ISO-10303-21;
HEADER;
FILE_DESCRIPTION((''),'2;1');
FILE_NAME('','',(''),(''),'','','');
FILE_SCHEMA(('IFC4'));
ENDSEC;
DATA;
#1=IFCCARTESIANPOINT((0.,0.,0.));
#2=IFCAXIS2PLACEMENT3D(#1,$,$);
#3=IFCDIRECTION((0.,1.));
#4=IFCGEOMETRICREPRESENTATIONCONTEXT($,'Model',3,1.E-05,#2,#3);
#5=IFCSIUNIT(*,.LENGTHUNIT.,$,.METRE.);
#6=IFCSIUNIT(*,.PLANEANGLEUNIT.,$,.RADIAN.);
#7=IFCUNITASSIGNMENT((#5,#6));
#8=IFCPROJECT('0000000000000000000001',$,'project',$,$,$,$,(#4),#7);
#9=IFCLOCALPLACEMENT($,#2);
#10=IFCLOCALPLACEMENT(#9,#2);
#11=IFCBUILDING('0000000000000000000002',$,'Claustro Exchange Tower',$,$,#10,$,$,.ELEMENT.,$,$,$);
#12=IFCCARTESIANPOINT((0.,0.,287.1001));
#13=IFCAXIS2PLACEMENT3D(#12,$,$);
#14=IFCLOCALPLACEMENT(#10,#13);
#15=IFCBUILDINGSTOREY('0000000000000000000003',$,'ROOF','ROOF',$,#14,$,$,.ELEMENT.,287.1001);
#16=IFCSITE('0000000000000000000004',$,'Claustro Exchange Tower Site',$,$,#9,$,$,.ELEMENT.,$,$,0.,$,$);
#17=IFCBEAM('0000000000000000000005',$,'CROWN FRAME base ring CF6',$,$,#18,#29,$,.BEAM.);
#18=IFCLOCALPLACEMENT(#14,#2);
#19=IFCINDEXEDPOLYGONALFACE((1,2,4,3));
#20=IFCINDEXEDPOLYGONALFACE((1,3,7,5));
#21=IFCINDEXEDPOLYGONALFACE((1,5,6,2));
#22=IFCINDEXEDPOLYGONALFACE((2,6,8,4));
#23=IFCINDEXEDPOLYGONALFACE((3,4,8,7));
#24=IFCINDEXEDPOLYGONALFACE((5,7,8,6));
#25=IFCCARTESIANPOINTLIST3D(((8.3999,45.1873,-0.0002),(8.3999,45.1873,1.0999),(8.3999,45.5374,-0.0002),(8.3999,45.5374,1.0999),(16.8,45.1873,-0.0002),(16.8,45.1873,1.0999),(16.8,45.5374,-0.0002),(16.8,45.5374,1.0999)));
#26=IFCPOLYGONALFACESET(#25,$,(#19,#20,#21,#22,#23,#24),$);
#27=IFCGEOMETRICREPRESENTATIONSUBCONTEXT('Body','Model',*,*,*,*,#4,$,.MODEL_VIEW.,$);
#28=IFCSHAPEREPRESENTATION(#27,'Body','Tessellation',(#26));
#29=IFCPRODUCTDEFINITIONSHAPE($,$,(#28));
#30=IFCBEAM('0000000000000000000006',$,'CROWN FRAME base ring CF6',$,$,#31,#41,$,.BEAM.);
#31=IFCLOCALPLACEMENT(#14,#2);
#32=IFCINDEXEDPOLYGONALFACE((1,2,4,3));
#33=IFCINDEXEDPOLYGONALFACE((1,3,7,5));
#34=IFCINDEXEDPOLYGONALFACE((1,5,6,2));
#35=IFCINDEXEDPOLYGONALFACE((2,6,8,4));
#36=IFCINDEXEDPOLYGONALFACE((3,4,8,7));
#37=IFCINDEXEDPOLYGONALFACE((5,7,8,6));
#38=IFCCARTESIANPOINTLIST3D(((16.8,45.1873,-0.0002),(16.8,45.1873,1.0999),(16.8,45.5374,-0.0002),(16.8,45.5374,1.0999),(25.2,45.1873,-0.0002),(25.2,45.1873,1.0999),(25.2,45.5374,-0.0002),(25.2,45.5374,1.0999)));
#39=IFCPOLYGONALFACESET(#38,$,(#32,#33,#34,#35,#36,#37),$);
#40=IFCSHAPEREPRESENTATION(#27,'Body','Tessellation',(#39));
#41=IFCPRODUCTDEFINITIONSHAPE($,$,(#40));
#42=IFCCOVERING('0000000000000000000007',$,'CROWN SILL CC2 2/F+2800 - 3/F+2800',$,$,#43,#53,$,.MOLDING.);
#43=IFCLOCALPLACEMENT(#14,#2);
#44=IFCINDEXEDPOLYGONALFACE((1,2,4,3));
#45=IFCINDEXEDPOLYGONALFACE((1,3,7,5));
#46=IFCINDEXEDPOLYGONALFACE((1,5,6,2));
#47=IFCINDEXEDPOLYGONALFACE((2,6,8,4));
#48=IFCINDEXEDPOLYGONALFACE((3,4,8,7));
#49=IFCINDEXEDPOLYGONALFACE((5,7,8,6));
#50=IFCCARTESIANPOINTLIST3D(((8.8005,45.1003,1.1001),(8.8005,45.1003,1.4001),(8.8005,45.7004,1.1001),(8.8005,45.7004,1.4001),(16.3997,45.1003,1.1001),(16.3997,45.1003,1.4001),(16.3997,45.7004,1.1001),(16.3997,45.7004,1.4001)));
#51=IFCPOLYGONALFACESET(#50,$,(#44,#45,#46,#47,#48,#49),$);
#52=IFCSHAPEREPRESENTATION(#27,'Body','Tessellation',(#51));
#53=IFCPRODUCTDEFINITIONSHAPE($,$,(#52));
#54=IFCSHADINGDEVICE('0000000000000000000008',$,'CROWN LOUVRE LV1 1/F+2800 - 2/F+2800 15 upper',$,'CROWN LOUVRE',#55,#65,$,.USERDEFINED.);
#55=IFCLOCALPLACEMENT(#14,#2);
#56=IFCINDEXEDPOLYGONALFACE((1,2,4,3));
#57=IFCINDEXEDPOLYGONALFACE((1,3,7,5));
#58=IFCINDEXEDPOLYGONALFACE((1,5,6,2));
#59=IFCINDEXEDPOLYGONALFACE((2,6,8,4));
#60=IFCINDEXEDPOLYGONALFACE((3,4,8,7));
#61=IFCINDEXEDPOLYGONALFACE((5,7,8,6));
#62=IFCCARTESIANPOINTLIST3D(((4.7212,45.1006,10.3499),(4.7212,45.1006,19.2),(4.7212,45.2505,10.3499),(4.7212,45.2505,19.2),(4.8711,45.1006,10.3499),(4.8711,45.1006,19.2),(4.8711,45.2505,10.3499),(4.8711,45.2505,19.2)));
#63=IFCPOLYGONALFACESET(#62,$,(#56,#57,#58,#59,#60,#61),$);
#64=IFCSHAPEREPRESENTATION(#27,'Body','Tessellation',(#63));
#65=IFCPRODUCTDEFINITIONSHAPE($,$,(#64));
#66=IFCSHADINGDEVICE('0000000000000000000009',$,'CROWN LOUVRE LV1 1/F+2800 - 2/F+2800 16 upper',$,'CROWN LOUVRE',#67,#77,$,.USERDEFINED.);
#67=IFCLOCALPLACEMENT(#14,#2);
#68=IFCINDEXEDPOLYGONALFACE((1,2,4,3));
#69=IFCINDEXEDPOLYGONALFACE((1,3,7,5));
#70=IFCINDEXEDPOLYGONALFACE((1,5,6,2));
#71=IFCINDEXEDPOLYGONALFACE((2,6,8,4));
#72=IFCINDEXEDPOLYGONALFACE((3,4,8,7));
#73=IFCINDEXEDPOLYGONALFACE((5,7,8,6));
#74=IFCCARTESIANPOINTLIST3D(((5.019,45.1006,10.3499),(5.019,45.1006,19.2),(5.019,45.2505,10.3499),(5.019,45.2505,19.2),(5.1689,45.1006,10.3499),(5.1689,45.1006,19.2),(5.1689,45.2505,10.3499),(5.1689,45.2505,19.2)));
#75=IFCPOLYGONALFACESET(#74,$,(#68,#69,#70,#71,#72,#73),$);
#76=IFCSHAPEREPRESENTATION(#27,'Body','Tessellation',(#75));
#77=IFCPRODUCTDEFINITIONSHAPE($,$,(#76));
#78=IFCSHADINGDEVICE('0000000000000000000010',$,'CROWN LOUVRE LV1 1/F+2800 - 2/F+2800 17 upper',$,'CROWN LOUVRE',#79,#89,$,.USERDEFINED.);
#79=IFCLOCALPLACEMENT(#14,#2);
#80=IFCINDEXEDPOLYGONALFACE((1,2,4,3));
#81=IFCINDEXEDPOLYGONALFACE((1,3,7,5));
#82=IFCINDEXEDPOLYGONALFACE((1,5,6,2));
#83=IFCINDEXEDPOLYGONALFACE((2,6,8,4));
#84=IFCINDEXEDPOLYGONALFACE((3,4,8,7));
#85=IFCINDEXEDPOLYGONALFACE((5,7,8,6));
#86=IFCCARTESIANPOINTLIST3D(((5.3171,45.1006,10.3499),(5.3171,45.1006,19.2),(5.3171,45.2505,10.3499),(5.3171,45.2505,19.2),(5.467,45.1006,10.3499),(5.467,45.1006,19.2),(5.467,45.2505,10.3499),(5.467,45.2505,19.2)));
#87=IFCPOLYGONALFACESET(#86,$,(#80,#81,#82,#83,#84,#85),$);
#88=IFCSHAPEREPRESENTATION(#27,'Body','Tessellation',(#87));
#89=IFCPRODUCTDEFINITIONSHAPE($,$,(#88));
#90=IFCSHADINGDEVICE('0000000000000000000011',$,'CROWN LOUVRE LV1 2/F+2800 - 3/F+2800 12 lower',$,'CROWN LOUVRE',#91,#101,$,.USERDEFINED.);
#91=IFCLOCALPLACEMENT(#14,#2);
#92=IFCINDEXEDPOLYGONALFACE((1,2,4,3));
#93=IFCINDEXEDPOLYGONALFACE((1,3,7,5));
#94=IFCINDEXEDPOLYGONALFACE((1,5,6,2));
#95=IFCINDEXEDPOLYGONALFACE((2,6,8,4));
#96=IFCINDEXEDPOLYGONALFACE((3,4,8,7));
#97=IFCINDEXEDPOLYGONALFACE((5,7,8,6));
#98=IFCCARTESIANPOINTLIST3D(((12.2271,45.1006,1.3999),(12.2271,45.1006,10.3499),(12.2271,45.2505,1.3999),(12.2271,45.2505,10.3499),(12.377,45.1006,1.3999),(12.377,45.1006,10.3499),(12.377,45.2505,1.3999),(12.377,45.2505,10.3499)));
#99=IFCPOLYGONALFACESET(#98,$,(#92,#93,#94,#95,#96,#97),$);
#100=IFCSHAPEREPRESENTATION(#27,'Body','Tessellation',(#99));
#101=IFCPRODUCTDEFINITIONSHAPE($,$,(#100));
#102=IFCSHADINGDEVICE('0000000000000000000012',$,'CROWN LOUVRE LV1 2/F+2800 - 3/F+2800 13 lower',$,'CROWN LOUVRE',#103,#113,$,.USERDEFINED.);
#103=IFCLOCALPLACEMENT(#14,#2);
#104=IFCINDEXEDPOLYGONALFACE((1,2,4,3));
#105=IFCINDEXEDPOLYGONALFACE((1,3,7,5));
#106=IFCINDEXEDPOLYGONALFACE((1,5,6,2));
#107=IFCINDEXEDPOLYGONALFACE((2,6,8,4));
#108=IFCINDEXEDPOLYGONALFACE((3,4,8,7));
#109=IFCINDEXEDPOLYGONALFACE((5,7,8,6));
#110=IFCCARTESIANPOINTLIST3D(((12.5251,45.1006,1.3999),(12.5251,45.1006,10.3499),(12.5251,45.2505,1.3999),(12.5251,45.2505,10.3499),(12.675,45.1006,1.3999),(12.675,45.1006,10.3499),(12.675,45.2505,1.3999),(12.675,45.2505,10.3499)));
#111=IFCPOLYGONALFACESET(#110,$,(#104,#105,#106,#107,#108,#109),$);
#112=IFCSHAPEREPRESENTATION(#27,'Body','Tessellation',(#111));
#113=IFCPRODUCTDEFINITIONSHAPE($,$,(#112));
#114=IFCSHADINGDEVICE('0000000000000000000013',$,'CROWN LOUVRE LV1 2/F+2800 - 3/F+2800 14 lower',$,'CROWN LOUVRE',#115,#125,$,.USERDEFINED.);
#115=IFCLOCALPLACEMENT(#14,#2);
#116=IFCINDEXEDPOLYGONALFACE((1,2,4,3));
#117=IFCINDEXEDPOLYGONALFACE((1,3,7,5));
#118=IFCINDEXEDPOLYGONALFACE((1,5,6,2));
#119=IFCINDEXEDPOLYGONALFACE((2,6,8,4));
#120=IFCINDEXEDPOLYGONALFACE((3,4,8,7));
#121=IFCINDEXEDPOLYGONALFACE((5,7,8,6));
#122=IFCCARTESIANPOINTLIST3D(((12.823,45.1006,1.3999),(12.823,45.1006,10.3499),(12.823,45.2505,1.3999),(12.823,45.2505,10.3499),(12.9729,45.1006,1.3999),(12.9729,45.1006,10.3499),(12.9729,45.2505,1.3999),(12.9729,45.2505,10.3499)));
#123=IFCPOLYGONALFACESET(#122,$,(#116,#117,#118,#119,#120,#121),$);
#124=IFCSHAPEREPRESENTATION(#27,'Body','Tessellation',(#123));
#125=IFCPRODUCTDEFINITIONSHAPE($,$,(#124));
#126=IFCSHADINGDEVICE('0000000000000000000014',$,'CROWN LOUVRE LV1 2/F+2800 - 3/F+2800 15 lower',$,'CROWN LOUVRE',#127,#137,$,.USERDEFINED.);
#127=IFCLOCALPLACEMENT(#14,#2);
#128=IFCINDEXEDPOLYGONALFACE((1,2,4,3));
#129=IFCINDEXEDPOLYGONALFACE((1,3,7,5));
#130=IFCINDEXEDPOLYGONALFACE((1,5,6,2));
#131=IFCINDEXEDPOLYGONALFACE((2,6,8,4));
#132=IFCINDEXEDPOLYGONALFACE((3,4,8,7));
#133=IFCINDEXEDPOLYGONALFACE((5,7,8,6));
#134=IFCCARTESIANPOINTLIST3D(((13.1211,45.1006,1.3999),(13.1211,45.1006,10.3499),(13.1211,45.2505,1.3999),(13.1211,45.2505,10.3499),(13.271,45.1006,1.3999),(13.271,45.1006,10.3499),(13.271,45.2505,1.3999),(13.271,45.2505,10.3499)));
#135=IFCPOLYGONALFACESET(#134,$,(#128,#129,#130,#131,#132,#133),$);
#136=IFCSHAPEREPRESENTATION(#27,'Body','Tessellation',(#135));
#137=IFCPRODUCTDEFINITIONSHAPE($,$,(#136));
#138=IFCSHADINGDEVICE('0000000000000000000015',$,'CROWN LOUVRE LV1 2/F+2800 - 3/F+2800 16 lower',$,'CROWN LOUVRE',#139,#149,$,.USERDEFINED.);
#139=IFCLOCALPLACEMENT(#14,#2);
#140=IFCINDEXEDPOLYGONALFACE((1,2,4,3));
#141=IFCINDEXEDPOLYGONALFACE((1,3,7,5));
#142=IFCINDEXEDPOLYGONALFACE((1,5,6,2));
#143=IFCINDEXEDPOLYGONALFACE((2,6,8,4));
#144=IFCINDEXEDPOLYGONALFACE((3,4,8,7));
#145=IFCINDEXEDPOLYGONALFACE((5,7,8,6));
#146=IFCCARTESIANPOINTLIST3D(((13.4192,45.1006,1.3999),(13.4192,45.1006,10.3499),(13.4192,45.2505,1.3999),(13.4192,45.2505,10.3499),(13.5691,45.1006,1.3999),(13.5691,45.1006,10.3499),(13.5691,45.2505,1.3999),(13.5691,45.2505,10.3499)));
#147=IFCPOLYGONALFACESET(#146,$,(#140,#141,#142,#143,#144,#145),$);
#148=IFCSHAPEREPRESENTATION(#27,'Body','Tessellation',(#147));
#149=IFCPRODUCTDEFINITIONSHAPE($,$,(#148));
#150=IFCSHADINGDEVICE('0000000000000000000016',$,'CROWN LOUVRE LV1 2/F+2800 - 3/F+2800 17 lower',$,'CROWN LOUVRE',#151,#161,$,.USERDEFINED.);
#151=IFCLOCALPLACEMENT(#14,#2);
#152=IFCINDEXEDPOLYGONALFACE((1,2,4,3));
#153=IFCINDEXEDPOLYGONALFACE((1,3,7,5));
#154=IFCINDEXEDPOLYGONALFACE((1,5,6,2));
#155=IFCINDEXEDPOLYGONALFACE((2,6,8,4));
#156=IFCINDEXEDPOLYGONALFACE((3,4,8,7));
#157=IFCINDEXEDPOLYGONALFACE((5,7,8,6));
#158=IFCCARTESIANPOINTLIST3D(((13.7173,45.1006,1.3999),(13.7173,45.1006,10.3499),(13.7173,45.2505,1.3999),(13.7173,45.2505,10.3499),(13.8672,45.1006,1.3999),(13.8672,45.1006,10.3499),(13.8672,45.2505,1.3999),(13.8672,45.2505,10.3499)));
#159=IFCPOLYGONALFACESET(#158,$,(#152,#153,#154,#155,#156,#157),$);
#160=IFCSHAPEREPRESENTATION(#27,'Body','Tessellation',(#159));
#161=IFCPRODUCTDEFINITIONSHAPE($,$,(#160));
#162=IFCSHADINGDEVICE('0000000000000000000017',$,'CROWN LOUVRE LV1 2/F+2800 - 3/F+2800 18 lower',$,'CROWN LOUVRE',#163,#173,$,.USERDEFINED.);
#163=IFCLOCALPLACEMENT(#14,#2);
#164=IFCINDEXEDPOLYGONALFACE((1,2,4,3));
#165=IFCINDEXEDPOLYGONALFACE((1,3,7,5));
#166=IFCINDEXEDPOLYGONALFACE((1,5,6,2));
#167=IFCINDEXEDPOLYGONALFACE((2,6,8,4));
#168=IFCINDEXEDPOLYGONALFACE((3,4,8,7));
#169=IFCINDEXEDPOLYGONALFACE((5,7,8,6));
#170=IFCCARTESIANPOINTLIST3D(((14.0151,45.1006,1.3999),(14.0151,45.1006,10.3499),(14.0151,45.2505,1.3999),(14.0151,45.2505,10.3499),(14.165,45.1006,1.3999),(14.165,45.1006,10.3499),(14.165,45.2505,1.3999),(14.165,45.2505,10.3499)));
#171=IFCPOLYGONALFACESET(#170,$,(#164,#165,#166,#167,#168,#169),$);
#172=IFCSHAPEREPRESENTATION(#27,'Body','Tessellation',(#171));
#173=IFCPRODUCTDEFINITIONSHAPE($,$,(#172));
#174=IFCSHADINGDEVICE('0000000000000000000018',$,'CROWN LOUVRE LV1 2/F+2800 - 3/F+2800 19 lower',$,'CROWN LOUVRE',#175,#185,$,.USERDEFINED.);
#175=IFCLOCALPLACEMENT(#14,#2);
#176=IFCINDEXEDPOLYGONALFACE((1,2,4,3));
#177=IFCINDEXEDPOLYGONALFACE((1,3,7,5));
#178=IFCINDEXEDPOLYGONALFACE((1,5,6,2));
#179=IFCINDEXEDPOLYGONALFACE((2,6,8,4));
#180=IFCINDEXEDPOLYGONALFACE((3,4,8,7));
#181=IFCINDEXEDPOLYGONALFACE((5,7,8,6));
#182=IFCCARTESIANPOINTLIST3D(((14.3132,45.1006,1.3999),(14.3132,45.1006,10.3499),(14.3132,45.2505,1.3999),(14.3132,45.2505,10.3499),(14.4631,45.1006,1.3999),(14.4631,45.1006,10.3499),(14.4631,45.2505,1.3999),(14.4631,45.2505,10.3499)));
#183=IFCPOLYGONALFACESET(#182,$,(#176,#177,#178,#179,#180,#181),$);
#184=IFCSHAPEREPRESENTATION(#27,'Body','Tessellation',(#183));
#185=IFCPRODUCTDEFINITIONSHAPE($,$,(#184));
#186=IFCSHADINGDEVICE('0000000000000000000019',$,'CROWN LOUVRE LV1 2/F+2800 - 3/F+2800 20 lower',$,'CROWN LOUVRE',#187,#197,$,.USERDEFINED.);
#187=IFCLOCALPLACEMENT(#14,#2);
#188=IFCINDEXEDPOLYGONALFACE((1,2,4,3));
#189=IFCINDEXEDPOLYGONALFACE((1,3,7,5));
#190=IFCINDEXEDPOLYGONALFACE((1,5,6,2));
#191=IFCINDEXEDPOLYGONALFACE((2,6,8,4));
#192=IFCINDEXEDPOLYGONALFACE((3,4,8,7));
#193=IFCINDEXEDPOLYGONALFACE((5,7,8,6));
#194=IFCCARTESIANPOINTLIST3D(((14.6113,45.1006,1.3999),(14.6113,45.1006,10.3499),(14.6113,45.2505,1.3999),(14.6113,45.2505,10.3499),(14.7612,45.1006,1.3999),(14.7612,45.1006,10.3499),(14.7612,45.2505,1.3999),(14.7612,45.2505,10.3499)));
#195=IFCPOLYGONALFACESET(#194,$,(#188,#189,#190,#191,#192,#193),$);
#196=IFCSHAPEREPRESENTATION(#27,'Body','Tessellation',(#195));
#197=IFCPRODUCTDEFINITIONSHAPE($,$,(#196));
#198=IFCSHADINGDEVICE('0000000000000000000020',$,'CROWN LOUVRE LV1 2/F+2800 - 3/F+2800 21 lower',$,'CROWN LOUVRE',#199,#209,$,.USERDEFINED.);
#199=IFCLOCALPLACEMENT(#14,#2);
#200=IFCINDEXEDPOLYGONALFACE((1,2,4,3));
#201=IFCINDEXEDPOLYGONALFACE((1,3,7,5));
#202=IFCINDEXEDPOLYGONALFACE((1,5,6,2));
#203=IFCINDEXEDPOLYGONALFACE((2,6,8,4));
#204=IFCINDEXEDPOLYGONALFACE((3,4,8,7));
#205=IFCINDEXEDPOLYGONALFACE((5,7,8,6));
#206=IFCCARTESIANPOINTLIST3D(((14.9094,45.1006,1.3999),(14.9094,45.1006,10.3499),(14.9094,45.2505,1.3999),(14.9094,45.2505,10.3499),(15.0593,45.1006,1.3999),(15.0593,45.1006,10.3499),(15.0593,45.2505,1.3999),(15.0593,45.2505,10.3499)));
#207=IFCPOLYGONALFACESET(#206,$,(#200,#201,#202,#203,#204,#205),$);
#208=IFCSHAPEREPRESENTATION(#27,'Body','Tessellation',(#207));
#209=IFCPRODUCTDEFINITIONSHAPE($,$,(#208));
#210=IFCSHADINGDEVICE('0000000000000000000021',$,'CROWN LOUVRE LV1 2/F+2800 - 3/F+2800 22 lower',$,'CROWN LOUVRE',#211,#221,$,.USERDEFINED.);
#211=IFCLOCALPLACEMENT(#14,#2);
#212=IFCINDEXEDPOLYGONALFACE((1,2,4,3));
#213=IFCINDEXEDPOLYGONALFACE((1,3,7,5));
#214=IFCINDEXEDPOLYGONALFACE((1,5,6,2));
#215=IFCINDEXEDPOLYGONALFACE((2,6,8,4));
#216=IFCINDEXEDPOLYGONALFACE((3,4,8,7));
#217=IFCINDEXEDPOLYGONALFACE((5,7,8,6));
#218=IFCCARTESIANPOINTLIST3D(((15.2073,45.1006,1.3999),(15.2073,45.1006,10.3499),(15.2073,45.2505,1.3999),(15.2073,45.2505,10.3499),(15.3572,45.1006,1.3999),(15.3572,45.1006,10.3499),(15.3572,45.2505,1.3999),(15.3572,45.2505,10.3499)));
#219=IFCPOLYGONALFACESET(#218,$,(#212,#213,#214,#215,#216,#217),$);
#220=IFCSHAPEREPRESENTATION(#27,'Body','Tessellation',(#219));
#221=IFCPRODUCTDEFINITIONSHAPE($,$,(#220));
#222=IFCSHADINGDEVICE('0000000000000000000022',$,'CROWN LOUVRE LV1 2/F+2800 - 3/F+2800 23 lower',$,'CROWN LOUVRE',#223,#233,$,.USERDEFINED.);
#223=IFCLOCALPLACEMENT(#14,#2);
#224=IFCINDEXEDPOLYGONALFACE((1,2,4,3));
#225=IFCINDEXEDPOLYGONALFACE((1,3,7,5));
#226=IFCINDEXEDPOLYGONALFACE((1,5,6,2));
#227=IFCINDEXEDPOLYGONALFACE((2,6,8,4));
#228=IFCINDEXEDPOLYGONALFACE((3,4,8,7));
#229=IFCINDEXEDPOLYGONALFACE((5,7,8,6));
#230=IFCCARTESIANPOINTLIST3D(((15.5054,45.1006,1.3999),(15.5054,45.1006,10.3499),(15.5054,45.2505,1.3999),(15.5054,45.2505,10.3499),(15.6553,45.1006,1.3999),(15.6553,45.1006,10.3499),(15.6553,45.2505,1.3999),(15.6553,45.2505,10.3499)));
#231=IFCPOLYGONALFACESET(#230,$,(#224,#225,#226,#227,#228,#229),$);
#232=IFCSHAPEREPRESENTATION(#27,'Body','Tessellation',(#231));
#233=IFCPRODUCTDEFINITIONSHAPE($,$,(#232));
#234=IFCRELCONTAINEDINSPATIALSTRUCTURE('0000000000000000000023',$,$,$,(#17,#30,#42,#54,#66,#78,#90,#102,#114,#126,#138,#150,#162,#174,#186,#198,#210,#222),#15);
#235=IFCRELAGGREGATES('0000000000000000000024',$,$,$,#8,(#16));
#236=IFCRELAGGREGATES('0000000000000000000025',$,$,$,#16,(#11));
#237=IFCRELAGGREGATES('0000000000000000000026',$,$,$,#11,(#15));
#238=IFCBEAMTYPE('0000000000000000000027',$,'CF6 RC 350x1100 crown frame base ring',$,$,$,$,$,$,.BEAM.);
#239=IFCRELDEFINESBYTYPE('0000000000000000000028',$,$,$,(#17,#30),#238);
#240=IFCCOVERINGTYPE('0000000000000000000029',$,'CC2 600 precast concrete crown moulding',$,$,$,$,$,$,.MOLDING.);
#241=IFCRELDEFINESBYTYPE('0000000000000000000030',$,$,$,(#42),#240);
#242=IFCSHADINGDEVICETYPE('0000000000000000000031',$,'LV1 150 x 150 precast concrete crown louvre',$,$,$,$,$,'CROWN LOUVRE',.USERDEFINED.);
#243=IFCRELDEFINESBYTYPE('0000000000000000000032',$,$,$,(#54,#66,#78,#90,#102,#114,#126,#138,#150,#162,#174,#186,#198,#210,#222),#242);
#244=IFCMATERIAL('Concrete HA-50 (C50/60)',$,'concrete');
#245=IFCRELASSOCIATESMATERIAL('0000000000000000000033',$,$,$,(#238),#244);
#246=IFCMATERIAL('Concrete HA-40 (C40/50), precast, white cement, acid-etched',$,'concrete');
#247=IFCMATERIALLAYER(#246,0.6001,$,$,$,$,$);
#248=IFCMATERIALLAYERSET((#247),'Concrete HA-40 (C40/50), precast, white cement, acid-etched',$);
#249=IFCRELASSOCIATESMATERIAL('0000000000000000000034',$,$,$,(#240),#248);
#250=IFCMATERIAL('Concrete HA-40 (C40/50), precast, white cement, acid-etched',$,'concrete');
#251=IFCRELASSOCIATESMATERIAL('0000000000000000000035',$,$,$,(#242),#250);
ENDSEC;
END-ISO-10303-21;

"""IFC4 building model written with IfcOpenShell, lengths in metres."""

from ifc_helpers import new_model, si_unit, direction, frame, origin, origin_2d, place, context, subcontext, project, spatial, rectangle, extrude, material, layer, layer_set, material_profile, profile_set, type_object, element, save


model = new_model("IFC4")

# Units and contexts
model_context = context("Model", 3, precision=1e-05, world=origin(), true_north=direction((0.0, 1.0)))
body_context = subcontext(model_context, "Body", "Model", "MODEL_VIEW")
ifc_project = project(units=[si_unit("LENGTHUNIT", "METRE"), si_unit("PLANEANGLEUNIT", "RADIAN")], contexts=[model_context])

# Site, building, storey
site_placement = place(None, origin())
site = spatial("IfcSite", under=ifc_project, at=site_placement, Name="Claustro Exchange Tower Site", CompositionType="ELEMENT", RefElevation=0.0)
building_placement = place(site_placement, origin())
building = spatial("IfcBuilding", under=site, at=building_placement, Name="Claustro Exchange Tower", CompositionType="ELEMENT")
storey_placement = place(building_placement, frame((0.0, 0.0, 287.1001)))
storey = spatial("IfcBuildingStorey", under=building, at=storey_placement, Name="ROOF", Description="ROOF", CompositionType="ELEMENT", Elevation=287.1001)

# Beams
ifc_material_1 = material(Name="Concrete HA-50 (C50/60)", Category="concrete")
ifc_material_profile = material_profile(ifc_material_1, rectangle(XDim=0.3501, YDim=1.1001, at=origin_2d()), Name="RC 350x1100")
ifc_profile_set = profile_set([ifc_material_profile], Name="Concrete HA-50 (C50/60)")
beam_type = type_object("IfcBeamType", Name="CF6 RC 350x1100 crown frame base ring", PredefinedType="BEAM", material=ifc_profile_set)
beam_1_placement = place(storey_placement, frame((8.3999, 45.3623, 0.5498), z_axis=(1.0, 0.0, 0.0), x_axis=(0.0, 1.0, 0.0)))
element("IfcBeam", 1, at=beam_1_placement, inside=storey, type_object=beam_type, Name="CROWN FRAME base ring CF6", PredefinedType="BEAM", context=body_context, shape_type="SweptSolid", body=[
    extrude(rectangle(XDim=0.3501, YDim=1.1001, at=origin_2d()), origin(), (0.0, 0.0, 1.0), 8.4001),
])
beam_2_placement = place(storey_placement, frame((16.8, 45.3623, 0.5498), z_axis=(1.0, 0.0, 0.0), x_axis=(0.0, 1.0, 0.0)))
element("IfcBeam", 2, at=beam_2_placement, inside=storey, type_object=beam_type, Name="CROWN FRAME base ring CF6", PredefinedType="BEAM", context=body_context, shape_type="SweptSolid", body=[
    extrude(rectangle(XDim=0.3501, YDim=1.1001, at=origin_2d()), origin(), (0.0, 0.0, 1.0), 8.3999),
])

# Covering
ifc_material_2 = material(Name="Concrete HA-40 (C40/50), precast, white cement, acid-etched", Category="concrete")
ifc_layer = layer(ifc_material_2, 0.6001)
ifc_layer_set = layer_set([ifc_layer], Name="Concrete HA-40 (C40/50), precast, white cement, acid-etched")
covering_type = type_object("IfcCoveringType", Name="CC2 600 precast concrete crown moulding", PredefinedType="MOLDING", material=ifc_layer_set)
covering_placement = place(storey_placement, frame((12.6001, 45.4004, 1.1001), z_axis=(0.0, 0.0, 1.0), x_axis=(1.0, 0.0, 0.0)))
element("IfcCovering", 3, at=covering_placement, inside=storey, type_object=covering_type, Name="CROWN SILL CC2 2/F+2800 - 3/F+2800", PredefinedType="MOLDING", context=body_context, shape_type="SweptSolid", body=[
    extrude(rectangle(XDim=7.5991, YDim=0.6001, at=origin_2d()), origin(), (0.0, 0.0, 1.0), 0.3),
])

# Shading devices
ifc_material_3 = material(Name="Concrete HA-40 (C40/50), precast, white cement, acid-etched", Category="concrete")
shading_device_type = type_object("IfcShadingDeviceType", Name="LV1 150 x 150 precast concrete crown louvre", ElementType="CROWN LOUVRE", PredefinedType="USERDEFINED", material=ifc_material_3)
for number, where, z_axis, x_axis, name in (
    (4, (4.7961, 45.1755, 10.3499), (0.0, 0.0, 1.0), (1.0, 0.0, 0.0), "CROWN LOUVRE LV1 1/F+2800 - 2/F+2800 15 upper"),
    (5, (5.094, 45.1755, 10.3499), (0.0, 0.0, 1.0), (1.0, 0.0, 0.0), "CROWN LOUVRE LV1 1/F+2800 - 2/F+2800 16 upper"),
    (6, (5.3921, 45.1755, 10.3499), (0.0, 0.0, 1.0), (1.0, 0.0, 0.0), "CROWN LOUVRE LV1 1/F+2800 - 2/F+2800 17 upper"),
):
    element("IfcShadingDevice", number, at=place(storey_placement, frame(where, z_axis=z_axis, x_axis=x_axis)), inside=storey, type_object=shading_device_type, Name=name, ObjectType="CROWN LOUVRE", PredefinedType="USERDEFINED", context=body_context, shape_type="SweptSolid", body=[
        extrude(rectangle(XDim=0.1499, YDim=0.1499, at=origin_2d()), origin(), (0.0, 0.0, 1.0), 8.8501),
    ])
for number, where, z_axis, x_axis, name in (
    (7, (12.302, 45.1755, 1.3999), (0.0, 0.0, 1.0), (1.0, 0.0, 0.0), "CROWN LOUVRE LV1 2/F+2800 - 3/F+2800 12 lower"),
    (8, (12.6001, 45.1755, 1.3999), (0.0, 0.0, 1.0), (1.0, 0.0, 0.0), "CROWN LOUVRE LV1 2/F+2800 - 3/F+2800 13 lower"),
    (9, (12.8979, 45.1755, 1.3999), (0.0, 0.0, 1.0), (1.0, 0.0, 0.0), "CROWN LOUVRE LV1 2/F+2800 - 3/F+2800 14 lower"),
    (10, (13.196, 45.1755, 1.3999), (0.0, 0.0, 1.0), (1.0, 0.0, 0.0), "CROWN LOUVRE LV1 2/F+2800 - 3/F+2800 15 lower"),
    (11, (13.4941, 45.1755, 1.3999), (0.0, 0.0, 1.0), (1.0, 0.0, 0.0), "CROWN LOUVRE LV1 2/F+2800 - 3/F+2800 16 lower"),
    (12, (13.7922, 45.1755, 1.3999), (0.0, 0.0, 1.0), (1.0, 0.0, 0.0), "CROWN LOUVRE LV1 2/F+2800 - 3/F+2800 17 lower"),
    (13, (14.0901, 45.1755, 1.3999), (0.0, 0.0, 1.0), (1.0, 0.0, 0.0), "CROWN LOUVRE LV1 2/F+2800 - 3/F+2800 18 lower"),
    (14, (14.3882, 45.1755, 1.3999), (0.0, 0.0, 1.0), (1.0, 0.0, 0.0), "CROWN LOUVRE LV1 2/F+2800 - 3/F+2800 19 lower"),
    (15, (14.6863, 45.1755, 1.3999), (0.0, 0.0, 1.0), (1.0, 0.0, 0.0), "CROWN LOUVRE LV1 2/F+2800 - 3/F+2800 20 lower"),
    (16, (14.9844, 45.1755, 1.3999), (0.0, 0.0, 1.0), (1.0, 0.0, 0.0), "CROWN LOUVRE LV1 2/F+2800 - 3/F+2800 21 lower"),
    (17, (15.2822, 45.1755, 1.3999), (0.0, 0.0, 1.0), (1.0, 0.0, 0.0), "CROWN LOUVRE LV1 2/F+2800 - 3/F+2800 22 lower"),
    (18, (15.5803, 45.1755, 1.3999), (0.0, 0.0, 1.0), (1.0, 0.0, 0.0), "CROWN LOUVRE LV1 2/F+2800 - 3/F+2800 23 lower"),
):
    element("IfcShadingDevice", number, at=place(storey_placement, frame(where, z_axis=z_axis, x_axis=x_axis)), inside=storey, type_object=shading_device_type, Name=name, ObjectType="CROWN LOUVRE", PredefinedType="USERDEFINED", context=body_context, shape_type="SweptSolid", body=[
        extrude(rectangle(XDim=0.1499, YDim=0.1499, at=origin_2d()), origin(), (0.0, 0.0, 1.0), 8.95),
    ])

save(model, "model.ifc")
